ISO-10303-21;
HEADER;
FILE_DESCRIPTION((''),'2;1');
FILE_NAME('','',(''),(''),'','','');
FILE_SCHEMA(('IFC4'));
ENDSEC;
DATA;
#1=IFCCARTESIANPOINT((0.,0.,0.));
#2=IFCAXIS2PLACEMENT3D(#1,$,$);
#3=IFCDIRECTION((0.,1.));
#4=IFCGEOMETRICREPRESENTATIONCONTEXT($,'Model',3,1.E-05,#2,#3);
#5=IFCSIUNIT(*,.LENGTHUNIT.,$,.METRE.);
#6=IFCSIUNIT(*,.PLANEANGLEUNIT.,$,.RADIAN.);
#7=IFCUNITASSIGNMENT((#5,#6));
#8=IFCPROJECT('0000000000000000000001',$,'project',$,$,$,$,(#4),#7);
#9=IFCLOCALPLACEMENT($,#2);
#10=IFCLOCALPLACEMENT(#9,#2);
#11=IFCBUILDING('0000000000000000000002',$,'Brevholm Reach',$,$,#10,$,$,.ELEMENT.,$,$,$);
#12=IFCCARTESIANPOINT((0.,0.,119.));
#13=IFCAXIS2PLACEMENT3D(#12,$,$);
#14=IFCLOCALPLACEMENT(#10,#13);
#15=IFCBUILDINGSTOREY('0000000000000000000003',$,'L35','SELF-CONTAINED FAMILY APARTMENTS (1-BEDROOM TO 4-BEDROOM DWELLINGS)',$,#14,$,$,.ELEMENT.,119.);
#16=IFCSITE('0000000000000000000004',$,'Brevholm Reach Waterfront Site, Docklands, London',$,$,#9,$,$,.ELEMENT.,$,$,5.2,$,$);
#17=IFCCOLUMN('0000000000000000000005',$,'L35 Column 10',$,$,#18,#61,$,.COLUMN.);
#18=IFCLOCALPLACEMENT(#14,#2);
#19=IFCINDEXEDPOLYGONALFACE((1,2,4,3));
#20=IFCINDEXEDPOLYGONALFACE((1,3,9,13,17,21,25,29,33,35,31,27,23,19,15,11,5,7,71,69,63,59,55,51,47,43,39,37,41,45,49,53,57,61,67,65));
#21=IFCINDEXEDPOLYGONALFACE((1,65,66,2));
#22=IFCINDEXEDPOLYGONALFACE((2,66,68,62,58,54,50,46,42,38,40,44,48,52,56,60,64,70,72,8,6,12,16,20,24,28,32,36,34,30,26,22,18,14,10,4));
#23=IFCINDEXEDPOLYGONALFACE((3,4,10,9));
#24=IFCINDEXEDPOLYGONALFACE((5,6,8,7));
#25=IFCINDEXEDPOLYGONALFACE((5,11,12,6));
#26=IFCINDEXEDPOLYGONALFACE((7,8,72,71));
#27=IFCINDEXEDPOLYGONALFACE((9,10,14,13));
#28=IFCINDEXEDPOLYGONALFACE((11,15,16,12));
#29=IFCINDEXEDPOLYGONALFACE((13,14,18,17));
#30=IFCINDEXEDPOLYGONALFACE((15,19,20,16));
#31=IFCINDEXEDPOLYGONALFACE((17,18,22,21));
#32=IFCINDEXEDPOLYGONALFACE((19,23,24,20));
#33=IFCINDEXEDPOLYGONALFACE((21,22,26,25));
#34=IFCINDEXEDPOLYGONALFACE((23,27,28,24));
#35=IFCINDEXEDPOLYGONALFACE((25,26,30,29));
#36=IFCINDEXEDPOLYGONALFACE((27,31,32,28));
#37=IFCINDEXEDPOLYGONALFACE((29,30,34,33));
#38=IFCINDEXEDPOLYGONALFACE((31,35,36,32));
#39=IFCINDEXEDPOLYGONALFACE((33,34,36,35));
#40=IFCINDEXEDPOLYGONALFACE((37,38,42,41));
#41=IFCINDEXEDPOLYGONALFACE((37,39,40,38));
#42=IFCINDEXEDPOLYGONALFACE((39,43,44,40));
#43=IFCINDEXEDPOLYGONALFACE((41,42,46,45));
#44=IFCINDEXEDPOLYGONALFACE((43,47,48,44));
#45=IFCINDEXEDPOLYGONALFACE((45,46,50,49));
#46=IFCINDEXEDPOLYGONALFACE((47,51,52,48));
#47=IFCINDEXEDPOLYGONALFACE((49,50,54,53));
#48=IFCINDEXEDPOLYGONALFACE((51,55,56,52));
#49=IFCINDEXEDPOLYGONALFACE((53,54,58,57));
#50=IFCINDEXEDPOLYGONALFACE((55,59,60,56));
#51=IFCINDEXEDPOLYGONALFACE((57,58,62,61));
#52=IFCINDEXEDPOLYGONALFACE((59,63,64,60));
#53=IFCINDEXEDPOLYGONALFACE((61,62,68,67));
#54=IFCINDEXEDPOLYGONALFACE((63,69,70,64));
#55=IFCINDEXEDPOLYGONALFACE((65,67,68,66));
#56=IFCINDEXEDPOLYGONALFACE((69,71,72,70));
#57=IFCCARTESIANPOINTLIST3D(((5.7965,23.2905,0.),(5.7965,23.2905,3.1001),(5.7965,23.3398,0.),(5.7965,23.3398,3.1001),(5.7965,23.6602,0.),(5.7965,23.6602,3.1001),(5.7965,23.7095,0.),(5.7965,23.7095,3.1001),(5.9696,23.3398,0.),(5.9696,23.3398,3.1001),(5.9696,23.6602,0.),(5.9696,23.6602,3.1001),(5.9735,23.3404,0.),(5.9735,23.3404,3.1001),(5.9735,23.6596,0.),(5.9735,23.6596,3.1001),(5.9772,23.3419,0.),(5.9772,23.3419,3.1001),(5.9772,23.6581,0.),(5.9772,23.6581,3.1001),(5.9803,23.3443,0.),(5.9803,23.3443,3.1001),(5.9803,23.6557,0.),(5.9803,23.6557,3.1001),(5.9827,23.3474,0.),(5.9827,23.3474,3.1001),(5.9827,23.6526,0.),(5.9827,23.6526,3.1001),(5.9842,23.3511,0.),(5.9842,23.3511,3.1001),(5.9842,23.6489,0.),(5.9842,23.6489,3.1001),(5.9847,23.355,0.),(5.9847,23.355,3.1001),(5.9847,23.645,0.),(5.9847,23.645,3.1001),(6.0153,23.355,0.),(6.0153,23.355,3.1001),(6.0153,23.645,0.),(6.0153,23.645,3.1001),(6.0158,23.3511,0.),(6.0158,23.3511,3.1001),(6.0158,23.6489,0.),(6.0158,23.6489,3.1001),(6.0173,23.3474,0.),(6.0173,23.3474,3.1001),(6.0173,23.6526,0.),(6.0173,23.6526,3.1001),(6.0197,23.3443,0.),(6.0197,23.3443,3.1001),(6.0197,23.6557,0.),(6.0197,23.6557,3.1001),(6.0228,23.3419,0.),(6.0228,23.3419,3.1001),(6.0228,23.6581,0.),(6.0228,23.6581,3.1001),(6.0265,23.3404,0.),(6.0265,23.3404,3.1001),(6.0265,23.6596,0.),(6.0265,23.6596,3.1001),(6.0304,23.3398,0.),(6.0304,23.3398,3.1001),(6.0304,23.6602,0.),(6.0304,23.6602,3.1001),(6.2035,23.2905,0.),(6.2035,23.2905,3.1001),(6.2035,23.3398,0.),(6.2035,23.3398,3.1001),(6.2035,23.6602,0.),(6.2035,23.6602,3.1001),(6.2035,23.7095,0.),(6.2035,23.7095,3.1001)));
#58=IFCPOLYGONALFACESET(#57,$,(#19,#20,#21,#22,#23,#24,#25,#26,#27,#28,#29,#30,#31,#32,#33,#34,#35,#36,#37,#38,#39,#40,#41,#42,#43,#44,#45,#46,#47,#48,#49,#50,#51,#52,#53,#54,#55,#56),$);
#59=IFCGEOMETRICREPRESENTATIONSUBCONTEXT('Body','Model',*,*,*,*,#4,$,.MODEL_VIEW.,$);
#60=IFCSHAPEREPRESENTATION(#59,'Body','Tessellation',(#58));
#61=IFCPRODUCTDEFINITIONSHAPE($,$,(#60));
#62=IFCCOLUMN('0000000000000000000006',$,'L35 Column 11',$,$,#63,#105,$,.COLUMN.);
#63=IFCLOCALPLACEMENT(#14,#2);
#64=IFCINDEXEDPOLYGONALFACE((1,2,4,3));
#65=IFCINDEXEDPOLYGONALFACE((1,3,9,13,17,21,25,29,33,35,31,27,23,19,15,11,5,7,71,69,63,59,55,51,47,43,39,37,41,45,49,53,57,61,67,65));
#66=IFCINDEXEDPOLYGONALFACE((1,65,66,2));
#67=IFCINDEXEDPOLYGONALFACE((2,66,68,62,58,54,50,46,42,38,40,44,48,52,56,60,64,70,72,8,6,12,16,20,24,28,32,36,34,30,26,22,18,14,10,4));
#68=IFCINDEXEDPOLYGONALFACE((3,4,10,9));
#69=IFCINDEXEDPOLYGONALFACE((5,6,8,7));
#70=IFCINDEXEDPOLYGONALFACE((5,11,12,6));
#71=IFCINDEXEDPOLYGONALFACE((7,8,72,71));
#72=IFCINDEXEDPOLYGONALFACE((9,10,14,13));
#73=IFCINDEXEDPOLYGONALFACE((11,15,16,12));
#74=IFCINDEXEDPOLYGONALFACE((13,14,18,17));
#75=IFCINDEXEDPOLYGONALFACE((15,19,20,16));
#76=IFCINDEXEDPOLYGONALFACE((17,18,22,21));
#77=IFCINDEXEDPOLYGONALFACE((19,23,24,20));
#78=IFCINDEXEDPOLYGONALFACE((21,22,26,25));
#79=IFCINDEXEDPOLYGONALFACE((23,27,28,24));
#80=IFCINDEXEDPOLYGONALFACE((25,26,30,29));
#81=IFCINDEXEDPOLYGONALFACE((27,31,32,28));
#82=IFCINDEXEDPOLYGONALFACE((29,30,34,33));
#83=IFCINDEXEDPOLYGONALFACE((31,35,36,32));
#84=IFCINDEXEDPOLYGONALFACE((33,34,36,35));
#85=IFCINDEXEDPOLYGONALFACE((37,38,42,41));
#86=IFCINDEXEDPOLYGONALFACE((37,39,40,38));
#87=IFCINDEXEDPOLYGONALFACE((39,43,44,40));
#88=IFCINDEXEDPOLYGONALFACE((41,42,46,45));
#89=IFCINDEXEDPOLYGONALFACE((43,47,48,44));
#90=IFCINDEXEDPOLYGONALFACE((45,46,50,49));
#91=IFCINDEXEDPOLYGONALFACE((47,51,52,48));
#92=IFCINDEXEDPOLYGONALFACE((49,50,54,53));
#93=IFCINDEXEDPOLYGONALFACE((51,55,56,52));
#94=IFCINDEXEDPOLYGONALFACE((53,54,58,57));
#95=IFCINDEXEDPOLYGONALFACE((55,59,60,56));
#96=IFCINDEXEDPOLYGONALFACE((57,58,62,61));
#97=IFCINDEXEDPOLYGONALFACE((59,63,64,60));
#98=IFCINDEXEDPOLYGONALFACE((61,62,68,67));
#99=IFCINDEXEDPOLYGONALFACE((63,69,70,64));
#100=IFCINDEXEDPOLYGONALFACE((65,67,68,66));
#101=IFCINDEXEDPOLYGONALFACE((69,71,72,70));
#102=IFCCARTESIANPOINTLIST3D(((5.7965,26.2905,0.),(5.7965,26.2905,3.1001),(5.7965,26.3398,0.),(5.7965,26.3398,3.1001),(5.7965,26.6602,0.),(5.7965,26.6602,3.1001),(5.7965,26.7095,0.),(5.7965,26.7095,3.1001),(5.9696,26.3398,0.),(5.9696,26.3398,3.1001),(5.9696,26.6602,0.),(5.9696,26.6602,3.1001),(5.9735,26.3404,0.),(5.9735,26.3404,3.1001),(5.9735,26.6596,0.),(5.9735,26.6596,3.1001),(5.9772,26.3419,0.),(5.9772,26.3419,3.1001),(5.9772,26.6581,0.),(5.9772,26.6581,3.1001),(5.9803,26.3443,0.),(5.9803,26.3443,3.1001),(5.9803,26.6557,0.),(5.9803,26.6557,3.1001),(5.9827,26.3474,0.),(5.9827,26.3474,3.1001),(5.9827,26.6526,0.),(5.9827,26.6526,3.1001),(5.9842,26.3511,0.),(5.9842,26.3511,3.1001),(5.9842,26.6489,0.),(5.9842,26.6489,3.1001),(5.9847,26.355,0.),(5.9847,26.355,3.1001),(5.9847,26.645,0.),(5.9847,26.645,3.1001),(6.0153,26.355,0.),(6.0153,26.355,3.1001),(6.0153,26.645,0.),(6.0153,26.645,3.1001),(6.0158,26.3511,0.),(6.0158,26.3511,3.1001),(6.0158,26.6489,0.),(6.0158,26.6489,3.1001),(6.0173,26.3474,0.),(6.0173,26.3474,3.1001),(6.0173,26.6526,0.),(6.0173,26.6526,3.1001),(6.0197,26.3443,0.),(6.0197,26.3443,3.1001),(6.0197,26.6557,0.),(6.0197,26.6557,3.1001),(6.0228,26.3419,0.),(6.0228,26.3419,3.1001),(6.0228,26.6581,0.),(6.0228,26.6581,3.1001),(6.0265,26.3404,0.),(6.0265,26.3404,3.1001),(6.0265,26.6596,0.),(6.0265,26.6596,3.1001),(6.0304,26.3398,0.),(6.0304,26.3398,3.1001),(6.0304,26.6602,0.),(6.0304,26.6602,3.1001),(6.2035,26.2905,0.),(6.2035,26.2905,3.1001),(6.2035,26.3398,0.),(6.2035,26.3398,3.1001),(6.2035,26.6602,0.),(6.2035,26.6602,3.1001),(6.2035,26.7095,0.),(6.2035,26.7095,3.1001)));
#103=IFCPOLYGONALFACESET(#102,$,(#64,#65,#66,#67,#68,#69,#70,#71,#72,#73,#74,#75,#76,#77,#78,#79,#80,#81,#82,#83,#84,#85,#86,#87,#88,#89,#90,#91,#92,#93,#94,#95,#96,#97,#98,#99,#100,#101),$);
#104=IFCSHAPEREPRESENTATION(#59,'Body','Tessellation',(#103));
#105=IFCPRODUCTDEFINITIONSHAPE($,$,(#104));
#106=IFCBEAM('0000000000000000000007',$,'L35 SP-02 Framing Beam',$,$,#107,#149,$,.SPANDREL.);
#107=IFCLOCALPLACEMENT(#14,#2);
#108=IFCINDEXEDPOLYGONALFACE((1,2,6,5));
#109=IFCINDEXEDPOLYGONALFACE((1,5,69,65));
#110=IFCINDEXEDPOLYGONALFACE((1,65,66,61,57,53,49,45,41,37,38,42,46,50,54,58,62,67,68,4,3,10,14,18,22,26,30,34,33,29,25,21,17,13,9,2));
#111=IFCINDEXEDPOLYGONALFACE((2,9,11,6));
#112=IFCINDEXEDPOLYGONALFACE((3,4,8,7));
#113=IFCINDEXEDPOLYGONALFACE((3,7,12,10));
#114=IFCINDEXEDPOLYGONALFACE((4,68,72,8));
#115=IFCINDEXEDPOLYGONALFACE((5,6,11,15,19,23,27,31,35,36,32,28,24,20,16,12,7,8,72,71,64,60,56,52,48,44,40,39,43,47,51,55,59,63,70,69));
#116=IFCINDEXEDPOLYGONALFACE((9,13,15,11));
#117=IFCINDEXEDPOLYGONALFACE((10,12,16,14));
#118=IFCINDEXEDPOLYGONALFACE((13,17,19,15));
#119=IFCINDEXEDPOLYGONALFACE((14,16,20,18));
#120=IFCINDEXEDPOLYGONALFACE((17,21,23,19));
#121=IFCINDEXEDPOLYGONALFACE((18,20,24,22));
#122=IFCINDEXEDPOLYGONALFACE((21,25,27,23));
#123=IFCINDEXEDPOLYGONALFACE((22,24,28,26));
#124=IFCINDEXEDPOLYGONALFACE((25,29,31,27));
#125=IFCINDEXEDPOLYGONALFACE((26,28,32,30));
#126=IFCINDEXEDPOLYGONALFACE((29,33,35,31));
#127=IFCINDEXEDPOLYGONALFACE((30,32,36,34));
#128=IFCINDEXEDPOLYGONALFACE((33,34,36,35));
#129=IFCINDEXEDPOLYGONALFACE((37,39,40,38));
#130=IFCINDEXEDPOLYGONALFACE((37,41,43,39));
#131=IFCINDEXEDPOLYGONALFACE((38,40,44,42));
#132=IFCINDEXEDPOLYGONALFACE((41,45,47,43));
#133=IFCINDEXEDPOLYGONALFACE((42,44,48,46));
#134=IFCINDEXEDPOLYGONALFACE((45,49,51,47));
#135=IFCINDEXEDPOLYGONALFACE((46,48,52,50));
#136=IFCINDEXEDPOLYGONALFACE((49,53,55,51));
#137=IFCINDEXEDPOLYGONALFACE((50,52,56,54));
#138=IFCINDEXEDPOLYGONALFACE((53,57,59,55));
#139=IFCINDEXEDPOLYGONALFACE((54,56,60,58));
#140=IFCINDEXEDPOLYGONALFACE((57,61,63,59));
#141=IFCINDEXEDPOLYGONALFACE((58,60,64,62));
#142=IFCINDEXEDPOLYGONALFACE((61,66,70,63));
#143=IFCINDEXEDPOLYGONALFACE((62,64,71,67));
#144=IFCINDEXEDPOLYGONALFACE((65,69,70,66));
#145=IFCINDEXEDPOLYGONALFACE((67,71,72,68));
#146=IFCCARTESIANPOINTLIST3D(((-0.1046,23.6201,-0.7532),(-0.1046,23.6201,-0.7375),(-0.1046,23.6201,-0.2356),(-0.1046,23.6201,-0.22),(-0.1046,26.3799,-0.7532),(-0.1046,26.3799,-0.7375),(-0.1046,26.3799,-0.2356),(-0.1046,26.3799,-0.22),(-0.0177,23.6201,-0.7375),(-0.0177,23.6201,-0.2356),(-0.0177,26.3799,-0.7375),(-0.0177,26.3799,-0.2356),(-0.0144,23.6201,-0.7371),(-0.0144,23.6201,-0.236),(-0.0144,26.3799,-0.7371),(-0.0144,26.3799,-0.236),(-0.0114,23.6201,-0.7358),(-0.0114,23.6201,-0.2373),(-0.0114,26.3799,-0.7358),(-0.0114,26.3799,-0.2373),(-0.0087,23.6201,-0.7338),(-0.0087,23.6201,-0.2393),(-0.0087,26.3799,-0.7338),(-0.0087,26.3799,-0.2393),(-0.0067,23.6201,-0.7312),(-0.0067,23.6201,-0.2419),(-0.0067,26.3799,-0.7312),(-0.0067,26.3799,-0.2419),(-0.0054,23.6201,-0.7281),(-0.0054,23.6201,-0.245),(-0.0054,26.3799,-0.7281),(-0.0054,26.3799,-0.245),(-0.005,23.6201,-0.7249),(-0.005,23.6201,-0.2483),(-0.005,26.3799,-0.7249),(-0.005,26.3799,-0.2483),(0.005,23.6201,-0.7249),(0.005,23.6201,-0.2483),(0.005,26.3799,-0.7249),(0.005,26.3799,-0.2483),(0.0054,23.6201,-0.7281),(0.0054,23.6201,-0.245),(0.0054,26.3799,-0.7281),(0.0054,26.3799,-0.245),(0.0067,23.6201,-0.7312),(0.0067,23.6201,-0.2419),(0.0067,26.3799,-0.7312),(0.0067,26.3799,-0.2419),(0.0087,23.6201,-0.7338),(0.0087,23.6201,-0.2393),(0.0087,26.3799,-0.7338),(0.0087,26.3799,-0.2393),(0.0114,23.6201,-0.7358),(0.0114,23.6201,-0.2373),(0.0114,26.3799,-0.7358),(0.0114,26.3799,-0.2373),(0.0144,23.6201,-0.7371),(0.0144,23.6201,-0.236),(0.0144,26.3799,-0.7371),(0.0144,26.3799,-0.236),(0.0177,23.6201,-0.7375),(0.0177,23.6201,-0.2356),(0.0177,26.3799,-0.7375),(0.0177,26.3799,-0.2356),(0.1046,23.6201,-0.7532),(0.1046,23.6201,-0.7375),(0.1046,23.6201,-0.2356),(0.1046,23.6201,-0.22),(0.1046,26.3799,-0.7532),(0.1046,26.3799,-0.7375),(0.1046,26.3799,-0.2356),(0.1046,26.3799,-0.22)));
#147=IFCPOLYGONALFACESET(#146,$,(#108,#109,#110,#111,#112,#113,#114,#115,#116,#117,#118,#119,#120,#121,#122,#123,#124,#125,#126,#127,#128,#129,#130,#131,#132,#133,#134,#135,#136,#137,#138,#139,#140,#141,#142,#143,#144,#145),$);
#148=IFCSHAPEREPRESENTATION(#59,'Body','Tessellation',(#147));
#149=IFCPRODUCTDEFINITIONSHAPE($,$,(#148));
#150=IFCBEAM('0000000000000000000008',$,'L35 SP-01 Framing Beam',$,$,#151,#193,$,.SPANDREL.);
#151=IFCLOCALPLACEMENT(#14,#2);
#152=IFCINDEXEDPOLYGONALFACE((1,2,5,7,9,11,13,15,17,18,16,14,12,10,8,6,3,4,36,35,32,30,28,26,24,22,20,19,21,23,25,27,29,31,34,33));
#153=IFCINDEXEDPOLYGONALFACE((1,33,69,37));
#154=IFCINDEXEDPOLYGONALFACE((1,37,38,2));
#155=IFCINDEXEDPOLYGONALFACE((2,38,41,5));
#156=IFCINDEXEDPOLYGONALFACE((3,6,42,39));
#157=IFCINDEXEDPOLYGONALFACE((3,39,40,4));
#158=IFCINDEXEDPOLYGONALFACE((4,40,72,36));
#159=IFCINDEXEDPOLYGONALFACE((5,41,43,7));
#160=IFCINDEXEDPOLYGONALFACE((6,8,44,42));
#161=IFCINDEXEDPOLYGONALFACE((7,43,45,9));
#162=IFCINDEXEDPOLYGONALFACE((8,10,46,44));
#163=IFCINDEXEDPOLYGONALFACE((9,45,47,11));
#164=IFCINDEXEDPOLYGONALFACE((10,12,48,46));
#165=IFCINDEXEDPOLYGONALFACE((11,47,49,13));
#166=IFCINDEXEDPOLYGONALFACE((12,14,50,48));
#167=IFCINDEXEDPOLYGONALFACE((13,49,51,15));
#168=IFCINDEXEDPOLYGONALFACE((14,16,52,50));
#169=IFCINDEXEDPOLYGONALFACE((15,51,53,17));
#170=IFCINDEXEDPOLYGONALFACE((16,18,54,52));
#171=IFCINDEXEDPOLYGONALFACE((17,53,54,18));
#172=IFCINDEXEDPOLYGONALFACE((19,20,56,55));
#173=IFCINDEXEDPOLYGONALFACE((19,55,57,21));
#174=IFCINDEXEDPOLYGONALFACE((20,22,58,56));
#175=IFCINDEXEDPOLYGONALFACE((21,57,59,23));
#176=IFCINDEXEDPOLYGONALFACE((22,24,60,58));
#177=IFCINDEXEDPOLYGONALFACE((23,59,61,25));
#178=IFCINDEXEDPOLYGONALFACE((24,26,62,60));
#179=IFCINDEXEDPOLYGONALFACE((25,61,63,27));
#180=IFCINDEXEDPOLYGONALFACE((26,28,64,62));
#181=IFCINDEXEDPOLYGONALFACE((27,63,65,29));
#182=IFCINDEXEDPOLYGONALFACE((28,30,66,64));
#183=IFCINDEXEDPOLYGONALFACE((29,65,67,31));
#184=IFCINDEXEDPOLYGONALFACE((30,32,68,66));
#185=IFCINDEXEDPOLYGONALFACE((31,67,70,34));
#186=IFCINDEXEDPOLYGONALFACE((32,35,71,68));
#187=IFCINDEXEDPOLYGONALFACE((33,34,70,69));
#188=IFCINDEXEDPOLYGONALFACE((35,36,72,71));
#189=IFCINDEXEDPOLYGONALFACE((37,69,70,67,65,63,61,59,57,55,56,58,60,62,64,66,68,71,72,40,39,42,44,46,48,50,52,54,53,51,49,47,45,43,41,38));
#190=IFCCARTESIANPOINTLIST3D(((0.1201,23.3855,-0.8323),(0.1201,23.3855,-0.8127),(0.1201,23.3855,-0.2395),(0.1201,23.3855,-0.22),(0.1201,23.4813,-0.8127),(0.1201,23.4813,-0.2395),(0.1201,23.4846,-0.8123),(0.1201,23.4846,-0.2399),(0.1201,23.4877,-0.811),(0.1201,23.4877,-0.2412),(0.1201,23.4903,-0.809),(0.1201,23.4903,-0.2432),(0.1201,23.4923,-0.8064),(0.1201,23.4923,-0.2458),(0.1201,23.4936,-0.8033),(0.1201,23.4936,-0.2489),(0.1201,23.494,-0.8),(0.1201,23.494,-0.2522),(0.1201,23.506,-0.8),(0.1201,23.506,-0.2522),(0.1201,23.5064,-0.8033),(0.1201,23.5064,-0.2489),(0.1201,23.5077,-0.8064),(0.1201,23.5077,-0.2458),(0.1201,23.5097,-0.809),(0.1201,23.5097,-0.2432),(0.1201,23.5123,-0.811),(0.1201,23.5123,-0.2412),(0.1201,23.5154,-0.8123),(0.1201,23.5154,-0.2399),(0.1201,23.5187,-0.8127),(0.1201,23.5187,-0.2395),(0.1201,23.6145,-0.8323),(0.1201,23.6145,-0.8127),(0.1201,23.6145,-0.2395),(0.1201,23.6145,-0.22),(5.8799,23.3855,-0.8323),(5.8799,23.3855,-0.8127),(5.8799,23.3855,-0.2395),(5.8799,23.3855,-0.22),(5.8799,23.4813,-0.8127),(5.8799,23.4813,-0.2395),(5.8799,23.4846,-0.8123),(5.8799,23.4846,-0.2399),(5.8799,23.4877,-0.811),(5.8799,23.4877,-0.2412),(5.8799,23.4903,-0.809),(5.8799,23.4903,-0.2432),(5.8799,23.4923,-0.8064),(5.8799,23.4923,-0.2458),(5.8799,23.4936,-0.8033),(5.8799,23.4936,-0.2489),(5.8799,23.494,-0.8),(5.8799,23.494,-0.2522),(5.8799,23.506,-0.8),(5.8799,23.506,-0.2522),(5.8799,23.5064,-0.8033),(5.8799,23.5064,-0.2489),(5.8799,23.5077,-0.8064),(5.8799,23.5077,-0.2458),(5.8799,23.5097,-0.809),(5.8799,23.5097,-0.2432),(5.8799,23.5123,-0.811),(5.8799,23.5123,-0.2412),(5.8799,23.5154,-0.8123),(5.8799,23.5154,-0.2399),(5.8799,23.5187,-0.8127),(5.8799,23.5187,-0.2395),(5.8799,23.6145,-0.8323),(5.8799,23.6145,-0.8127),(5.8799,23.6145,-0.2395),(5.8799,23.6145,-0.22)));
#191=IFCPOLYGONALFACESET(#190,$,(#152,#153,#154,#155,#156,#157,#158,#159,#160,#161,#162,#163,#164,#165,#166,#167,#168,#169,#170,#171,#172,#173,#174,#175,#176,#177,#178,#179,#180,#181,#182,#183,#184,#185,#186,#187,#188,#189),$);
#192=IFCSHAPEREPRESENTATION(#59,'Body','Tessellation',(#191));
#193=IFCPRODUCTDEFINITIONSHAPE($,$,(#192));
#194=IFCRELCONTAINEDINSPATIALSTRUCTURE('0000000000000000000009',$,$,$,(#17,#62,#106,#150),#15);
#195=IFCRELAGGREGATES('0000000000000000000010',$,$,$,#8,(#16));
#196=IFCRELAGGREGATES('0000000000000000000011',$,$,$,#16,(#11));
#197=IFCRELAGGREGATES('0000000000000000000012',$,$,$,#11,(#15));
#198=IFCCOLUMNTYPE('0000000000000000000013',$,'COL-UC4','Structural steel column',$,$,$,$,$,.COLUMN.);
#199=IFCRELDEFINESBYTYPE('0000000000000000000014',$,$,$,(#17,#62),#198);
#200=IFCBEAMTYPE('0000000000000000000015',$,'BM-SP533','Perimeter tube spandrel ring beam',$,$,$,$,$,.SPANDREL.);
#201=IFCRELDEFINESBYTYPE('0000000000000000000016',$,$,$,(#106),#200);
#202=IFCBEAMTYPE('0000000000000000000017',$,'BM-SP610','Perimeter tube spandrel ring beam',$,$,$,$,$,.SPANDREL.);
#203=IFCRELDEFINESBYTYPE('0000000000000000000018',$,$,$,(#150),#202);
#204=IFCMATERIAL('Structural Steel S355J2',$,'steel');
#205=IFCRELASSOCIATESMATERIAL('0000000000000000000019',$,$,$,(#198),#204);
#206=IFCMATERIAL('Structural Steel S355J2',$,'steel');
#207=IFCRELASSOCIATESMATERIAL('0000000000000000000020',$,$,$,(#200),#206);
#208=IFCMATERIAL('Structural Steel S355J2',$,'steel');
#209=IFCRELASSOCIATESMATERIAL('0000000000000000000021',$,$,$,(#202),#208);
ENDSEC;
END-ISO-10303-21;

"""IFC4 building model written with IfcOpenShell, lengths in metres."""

from ifc_helpers import new_model, si_unit, direction, frame, origin, origin_2d, place, context, subcontext, project, spatial, i_section, extrude, material, material_profile, profile_set, type_object, element, save


model = new_model("IFC4")

# Units and contexts
model_context = context("Model", 3, precision=1e-05, world=origin(), true_north=direction((0.0, 1.0)))
body_context = subcontext(model_context, "Body", "Model", "MODEL_VIEW")
ifc_project = project(units=[si_unit("LENGTHUNIT", "METRE"), si_unit("PLANEANGLEUNIT", "RADIAN")], contexts=[model_context])

# Site, building, storey
site_placement = place(None, origin())
site = spatial("IfcSite", under=ifc_project, at=site_placement, Name="Brevholm Reach Waterfront Site, Docklands, London", CompositionType="ELEMENT", RefElevation=5.2)
building_placement = place(site_placement, origin())
building = spatial("IfcBuilding", under=site, at=building_placement, Name="Brevholm Reach", CompositionType="ELEMENT")
storey_placement = place(building_placement, frame((0.0, 0.0, 119.0)))
storey = spatial("IfcBuildingStorey", under=building, at=storey_placement, Name="L35", Description="SELF-CONTAINED FAMILY APARTMENTS (1-BEDROOM TO 4-BEDROOM DWELLINGS)", CompositionType="ELEMENT", Elevation=119.0)

# Columns
ifc_material_1 = material(Name="Structural Steel S355J2", Category="steel")
ifc_material_profile_1 = material_profile(ifc_material_1, i_section(OverallWidth=0.407, OverallDepth=0.4189, WebThickness=0.0305, FlangeThickness=0.0493, FilletRadius=0.0151, at=origin_2d()), Name="UKC 356x406x393")
ifc_profile_set_1 = profile_set([ifc_material_profile_1], Name="Structural Steel S355J2")
column_type_1 = type_object("IfcColumnType", Name="COL-UC4", Description="Structural steel column", PredefinedType="COLUMN", material=ifc_profile_set_1)
for number, where, z_axis, x_axis, name in (
    (1, (6.0, 23.5, 0.0), (0.0, 0.0, 1.0), (1.0, 0.0, 0.0), "L35 Column 10"),
    (2, (6.0, 26.5, 0.0), (0.0, 0.0, 1.0), (1.0, 0.0, 0.0), "L35 Column 11"),
):
    element("IfcColumn", number, at=place(storey_placement, frame(where, z_axis=z_axis, x_axis=x_axis)), inside=storey, type_object=column_type_1, Name=name, PredefinedType="COLUMN", context=body_context, shape_type="SweptSolid", body=[
        extrude(i_section(OverallWidth=0.407, OverallDepth=0.4189, WebThickness=0.0305, FlangeThickness=0.0493, FilletRadius=0.0151, at=origin_2d()), origin(), (0.0, 0.0, 1.0), 3.1001),
    ])

# Beams
ifc_material_2 = material(Name="Structural Steel S355J2", Category="steel")
ifc_material_profile_2 = material_profile(ifc_material_2, i_section(OverallWidth=0.2092, OverallDepth=0.5332, WebThickness=0.01, FlangeThickness=0.0156, FilletRadius=0.0127, at=origin_2d()), Name="UKB 533x210x92")
ifc_profile_set_2 = profile_set([ifc_material_profile_2], Name="Structural Steel S355J2")
beam_type_1 = type_object("IfcBeamType", Name="BM-SP533", Description="Perimeter tube spandrel ring beam", PredefinedType="SPANDREL", material=ifc_profile_set_2)
beam_1_placement = place(storey_placement, frame((0.0, 23.6201, -0.4866), z_axis=(0.0, 1.0, 0.0), x_axis=(-1.0, 0.0, 0.0)))
element("IfcBeam", 3, at=beam_1_placement, inside=storey, type_object=beam_type_1, Name="L35 SP-02 Framing Beam", PredefinedType="SPANDREL", context=body_context, shape_type="SweptSolid", body=[
    extrude(i_section(OverallWidth=0.2092, OverallDepth=0.5332, WebThickness=0.01, FlangeThickness=0.0156, FilletRadius=0.0127, at=origin_2d()), origin(), (0.0, 0.0, 1.0), 2.7598),
])
ifc_material_3 = material(Name="Structural Steel S355J2", Category="steel")
ifc_material_profile_3 = material_profile(ifc_material_3, i_section(OverallWidth=0.229, OverallDepth=0.6123, WebThickness=0.012, FlangeThickness=0.0195, FilletRadius=0.0127, at=origin_2d()), Name="UKB 610x229x125")
ifc_profile_set_3 = profile_set([ifc_material_profile_3], Name="Structural Steel S355J2")
beam_type_2 = type_object("IfcBeamType", Name="BM-SP610", Description="Perimeter tube spandrel ring beam", PredefinedType="SPANDREL", material=ifc_profile_set_3)
for number, where, z_axis, x_axis, name in (
    (4, (0.1201, 23.5, -0.5261), (1.0, 0.0, 0.0), (0.0, 1.0, 0.0), "L35 SP-01 Framing Beam"),
):
    element("IfcBeam", number, at=place(storey_placement, frame(where, z_axis=z_axis, x_axis=x_axis)), inside=storey, type_object=beam_type_2, Name=name, PredefinedType="SPANDREL", context=body_context, shape_type="SweptSolid", body=[
        extrude(i_section(OverallWidth=0.229, OverallDepth=0.6123, WebThickness=0.012, FlangeThickness=0.0195, FilletRadius=0.0127, at=origin_2d()), origin(), (0.0, 0.0, 1.0), 5.7598),
    ])

save(model, "model.ifc")
